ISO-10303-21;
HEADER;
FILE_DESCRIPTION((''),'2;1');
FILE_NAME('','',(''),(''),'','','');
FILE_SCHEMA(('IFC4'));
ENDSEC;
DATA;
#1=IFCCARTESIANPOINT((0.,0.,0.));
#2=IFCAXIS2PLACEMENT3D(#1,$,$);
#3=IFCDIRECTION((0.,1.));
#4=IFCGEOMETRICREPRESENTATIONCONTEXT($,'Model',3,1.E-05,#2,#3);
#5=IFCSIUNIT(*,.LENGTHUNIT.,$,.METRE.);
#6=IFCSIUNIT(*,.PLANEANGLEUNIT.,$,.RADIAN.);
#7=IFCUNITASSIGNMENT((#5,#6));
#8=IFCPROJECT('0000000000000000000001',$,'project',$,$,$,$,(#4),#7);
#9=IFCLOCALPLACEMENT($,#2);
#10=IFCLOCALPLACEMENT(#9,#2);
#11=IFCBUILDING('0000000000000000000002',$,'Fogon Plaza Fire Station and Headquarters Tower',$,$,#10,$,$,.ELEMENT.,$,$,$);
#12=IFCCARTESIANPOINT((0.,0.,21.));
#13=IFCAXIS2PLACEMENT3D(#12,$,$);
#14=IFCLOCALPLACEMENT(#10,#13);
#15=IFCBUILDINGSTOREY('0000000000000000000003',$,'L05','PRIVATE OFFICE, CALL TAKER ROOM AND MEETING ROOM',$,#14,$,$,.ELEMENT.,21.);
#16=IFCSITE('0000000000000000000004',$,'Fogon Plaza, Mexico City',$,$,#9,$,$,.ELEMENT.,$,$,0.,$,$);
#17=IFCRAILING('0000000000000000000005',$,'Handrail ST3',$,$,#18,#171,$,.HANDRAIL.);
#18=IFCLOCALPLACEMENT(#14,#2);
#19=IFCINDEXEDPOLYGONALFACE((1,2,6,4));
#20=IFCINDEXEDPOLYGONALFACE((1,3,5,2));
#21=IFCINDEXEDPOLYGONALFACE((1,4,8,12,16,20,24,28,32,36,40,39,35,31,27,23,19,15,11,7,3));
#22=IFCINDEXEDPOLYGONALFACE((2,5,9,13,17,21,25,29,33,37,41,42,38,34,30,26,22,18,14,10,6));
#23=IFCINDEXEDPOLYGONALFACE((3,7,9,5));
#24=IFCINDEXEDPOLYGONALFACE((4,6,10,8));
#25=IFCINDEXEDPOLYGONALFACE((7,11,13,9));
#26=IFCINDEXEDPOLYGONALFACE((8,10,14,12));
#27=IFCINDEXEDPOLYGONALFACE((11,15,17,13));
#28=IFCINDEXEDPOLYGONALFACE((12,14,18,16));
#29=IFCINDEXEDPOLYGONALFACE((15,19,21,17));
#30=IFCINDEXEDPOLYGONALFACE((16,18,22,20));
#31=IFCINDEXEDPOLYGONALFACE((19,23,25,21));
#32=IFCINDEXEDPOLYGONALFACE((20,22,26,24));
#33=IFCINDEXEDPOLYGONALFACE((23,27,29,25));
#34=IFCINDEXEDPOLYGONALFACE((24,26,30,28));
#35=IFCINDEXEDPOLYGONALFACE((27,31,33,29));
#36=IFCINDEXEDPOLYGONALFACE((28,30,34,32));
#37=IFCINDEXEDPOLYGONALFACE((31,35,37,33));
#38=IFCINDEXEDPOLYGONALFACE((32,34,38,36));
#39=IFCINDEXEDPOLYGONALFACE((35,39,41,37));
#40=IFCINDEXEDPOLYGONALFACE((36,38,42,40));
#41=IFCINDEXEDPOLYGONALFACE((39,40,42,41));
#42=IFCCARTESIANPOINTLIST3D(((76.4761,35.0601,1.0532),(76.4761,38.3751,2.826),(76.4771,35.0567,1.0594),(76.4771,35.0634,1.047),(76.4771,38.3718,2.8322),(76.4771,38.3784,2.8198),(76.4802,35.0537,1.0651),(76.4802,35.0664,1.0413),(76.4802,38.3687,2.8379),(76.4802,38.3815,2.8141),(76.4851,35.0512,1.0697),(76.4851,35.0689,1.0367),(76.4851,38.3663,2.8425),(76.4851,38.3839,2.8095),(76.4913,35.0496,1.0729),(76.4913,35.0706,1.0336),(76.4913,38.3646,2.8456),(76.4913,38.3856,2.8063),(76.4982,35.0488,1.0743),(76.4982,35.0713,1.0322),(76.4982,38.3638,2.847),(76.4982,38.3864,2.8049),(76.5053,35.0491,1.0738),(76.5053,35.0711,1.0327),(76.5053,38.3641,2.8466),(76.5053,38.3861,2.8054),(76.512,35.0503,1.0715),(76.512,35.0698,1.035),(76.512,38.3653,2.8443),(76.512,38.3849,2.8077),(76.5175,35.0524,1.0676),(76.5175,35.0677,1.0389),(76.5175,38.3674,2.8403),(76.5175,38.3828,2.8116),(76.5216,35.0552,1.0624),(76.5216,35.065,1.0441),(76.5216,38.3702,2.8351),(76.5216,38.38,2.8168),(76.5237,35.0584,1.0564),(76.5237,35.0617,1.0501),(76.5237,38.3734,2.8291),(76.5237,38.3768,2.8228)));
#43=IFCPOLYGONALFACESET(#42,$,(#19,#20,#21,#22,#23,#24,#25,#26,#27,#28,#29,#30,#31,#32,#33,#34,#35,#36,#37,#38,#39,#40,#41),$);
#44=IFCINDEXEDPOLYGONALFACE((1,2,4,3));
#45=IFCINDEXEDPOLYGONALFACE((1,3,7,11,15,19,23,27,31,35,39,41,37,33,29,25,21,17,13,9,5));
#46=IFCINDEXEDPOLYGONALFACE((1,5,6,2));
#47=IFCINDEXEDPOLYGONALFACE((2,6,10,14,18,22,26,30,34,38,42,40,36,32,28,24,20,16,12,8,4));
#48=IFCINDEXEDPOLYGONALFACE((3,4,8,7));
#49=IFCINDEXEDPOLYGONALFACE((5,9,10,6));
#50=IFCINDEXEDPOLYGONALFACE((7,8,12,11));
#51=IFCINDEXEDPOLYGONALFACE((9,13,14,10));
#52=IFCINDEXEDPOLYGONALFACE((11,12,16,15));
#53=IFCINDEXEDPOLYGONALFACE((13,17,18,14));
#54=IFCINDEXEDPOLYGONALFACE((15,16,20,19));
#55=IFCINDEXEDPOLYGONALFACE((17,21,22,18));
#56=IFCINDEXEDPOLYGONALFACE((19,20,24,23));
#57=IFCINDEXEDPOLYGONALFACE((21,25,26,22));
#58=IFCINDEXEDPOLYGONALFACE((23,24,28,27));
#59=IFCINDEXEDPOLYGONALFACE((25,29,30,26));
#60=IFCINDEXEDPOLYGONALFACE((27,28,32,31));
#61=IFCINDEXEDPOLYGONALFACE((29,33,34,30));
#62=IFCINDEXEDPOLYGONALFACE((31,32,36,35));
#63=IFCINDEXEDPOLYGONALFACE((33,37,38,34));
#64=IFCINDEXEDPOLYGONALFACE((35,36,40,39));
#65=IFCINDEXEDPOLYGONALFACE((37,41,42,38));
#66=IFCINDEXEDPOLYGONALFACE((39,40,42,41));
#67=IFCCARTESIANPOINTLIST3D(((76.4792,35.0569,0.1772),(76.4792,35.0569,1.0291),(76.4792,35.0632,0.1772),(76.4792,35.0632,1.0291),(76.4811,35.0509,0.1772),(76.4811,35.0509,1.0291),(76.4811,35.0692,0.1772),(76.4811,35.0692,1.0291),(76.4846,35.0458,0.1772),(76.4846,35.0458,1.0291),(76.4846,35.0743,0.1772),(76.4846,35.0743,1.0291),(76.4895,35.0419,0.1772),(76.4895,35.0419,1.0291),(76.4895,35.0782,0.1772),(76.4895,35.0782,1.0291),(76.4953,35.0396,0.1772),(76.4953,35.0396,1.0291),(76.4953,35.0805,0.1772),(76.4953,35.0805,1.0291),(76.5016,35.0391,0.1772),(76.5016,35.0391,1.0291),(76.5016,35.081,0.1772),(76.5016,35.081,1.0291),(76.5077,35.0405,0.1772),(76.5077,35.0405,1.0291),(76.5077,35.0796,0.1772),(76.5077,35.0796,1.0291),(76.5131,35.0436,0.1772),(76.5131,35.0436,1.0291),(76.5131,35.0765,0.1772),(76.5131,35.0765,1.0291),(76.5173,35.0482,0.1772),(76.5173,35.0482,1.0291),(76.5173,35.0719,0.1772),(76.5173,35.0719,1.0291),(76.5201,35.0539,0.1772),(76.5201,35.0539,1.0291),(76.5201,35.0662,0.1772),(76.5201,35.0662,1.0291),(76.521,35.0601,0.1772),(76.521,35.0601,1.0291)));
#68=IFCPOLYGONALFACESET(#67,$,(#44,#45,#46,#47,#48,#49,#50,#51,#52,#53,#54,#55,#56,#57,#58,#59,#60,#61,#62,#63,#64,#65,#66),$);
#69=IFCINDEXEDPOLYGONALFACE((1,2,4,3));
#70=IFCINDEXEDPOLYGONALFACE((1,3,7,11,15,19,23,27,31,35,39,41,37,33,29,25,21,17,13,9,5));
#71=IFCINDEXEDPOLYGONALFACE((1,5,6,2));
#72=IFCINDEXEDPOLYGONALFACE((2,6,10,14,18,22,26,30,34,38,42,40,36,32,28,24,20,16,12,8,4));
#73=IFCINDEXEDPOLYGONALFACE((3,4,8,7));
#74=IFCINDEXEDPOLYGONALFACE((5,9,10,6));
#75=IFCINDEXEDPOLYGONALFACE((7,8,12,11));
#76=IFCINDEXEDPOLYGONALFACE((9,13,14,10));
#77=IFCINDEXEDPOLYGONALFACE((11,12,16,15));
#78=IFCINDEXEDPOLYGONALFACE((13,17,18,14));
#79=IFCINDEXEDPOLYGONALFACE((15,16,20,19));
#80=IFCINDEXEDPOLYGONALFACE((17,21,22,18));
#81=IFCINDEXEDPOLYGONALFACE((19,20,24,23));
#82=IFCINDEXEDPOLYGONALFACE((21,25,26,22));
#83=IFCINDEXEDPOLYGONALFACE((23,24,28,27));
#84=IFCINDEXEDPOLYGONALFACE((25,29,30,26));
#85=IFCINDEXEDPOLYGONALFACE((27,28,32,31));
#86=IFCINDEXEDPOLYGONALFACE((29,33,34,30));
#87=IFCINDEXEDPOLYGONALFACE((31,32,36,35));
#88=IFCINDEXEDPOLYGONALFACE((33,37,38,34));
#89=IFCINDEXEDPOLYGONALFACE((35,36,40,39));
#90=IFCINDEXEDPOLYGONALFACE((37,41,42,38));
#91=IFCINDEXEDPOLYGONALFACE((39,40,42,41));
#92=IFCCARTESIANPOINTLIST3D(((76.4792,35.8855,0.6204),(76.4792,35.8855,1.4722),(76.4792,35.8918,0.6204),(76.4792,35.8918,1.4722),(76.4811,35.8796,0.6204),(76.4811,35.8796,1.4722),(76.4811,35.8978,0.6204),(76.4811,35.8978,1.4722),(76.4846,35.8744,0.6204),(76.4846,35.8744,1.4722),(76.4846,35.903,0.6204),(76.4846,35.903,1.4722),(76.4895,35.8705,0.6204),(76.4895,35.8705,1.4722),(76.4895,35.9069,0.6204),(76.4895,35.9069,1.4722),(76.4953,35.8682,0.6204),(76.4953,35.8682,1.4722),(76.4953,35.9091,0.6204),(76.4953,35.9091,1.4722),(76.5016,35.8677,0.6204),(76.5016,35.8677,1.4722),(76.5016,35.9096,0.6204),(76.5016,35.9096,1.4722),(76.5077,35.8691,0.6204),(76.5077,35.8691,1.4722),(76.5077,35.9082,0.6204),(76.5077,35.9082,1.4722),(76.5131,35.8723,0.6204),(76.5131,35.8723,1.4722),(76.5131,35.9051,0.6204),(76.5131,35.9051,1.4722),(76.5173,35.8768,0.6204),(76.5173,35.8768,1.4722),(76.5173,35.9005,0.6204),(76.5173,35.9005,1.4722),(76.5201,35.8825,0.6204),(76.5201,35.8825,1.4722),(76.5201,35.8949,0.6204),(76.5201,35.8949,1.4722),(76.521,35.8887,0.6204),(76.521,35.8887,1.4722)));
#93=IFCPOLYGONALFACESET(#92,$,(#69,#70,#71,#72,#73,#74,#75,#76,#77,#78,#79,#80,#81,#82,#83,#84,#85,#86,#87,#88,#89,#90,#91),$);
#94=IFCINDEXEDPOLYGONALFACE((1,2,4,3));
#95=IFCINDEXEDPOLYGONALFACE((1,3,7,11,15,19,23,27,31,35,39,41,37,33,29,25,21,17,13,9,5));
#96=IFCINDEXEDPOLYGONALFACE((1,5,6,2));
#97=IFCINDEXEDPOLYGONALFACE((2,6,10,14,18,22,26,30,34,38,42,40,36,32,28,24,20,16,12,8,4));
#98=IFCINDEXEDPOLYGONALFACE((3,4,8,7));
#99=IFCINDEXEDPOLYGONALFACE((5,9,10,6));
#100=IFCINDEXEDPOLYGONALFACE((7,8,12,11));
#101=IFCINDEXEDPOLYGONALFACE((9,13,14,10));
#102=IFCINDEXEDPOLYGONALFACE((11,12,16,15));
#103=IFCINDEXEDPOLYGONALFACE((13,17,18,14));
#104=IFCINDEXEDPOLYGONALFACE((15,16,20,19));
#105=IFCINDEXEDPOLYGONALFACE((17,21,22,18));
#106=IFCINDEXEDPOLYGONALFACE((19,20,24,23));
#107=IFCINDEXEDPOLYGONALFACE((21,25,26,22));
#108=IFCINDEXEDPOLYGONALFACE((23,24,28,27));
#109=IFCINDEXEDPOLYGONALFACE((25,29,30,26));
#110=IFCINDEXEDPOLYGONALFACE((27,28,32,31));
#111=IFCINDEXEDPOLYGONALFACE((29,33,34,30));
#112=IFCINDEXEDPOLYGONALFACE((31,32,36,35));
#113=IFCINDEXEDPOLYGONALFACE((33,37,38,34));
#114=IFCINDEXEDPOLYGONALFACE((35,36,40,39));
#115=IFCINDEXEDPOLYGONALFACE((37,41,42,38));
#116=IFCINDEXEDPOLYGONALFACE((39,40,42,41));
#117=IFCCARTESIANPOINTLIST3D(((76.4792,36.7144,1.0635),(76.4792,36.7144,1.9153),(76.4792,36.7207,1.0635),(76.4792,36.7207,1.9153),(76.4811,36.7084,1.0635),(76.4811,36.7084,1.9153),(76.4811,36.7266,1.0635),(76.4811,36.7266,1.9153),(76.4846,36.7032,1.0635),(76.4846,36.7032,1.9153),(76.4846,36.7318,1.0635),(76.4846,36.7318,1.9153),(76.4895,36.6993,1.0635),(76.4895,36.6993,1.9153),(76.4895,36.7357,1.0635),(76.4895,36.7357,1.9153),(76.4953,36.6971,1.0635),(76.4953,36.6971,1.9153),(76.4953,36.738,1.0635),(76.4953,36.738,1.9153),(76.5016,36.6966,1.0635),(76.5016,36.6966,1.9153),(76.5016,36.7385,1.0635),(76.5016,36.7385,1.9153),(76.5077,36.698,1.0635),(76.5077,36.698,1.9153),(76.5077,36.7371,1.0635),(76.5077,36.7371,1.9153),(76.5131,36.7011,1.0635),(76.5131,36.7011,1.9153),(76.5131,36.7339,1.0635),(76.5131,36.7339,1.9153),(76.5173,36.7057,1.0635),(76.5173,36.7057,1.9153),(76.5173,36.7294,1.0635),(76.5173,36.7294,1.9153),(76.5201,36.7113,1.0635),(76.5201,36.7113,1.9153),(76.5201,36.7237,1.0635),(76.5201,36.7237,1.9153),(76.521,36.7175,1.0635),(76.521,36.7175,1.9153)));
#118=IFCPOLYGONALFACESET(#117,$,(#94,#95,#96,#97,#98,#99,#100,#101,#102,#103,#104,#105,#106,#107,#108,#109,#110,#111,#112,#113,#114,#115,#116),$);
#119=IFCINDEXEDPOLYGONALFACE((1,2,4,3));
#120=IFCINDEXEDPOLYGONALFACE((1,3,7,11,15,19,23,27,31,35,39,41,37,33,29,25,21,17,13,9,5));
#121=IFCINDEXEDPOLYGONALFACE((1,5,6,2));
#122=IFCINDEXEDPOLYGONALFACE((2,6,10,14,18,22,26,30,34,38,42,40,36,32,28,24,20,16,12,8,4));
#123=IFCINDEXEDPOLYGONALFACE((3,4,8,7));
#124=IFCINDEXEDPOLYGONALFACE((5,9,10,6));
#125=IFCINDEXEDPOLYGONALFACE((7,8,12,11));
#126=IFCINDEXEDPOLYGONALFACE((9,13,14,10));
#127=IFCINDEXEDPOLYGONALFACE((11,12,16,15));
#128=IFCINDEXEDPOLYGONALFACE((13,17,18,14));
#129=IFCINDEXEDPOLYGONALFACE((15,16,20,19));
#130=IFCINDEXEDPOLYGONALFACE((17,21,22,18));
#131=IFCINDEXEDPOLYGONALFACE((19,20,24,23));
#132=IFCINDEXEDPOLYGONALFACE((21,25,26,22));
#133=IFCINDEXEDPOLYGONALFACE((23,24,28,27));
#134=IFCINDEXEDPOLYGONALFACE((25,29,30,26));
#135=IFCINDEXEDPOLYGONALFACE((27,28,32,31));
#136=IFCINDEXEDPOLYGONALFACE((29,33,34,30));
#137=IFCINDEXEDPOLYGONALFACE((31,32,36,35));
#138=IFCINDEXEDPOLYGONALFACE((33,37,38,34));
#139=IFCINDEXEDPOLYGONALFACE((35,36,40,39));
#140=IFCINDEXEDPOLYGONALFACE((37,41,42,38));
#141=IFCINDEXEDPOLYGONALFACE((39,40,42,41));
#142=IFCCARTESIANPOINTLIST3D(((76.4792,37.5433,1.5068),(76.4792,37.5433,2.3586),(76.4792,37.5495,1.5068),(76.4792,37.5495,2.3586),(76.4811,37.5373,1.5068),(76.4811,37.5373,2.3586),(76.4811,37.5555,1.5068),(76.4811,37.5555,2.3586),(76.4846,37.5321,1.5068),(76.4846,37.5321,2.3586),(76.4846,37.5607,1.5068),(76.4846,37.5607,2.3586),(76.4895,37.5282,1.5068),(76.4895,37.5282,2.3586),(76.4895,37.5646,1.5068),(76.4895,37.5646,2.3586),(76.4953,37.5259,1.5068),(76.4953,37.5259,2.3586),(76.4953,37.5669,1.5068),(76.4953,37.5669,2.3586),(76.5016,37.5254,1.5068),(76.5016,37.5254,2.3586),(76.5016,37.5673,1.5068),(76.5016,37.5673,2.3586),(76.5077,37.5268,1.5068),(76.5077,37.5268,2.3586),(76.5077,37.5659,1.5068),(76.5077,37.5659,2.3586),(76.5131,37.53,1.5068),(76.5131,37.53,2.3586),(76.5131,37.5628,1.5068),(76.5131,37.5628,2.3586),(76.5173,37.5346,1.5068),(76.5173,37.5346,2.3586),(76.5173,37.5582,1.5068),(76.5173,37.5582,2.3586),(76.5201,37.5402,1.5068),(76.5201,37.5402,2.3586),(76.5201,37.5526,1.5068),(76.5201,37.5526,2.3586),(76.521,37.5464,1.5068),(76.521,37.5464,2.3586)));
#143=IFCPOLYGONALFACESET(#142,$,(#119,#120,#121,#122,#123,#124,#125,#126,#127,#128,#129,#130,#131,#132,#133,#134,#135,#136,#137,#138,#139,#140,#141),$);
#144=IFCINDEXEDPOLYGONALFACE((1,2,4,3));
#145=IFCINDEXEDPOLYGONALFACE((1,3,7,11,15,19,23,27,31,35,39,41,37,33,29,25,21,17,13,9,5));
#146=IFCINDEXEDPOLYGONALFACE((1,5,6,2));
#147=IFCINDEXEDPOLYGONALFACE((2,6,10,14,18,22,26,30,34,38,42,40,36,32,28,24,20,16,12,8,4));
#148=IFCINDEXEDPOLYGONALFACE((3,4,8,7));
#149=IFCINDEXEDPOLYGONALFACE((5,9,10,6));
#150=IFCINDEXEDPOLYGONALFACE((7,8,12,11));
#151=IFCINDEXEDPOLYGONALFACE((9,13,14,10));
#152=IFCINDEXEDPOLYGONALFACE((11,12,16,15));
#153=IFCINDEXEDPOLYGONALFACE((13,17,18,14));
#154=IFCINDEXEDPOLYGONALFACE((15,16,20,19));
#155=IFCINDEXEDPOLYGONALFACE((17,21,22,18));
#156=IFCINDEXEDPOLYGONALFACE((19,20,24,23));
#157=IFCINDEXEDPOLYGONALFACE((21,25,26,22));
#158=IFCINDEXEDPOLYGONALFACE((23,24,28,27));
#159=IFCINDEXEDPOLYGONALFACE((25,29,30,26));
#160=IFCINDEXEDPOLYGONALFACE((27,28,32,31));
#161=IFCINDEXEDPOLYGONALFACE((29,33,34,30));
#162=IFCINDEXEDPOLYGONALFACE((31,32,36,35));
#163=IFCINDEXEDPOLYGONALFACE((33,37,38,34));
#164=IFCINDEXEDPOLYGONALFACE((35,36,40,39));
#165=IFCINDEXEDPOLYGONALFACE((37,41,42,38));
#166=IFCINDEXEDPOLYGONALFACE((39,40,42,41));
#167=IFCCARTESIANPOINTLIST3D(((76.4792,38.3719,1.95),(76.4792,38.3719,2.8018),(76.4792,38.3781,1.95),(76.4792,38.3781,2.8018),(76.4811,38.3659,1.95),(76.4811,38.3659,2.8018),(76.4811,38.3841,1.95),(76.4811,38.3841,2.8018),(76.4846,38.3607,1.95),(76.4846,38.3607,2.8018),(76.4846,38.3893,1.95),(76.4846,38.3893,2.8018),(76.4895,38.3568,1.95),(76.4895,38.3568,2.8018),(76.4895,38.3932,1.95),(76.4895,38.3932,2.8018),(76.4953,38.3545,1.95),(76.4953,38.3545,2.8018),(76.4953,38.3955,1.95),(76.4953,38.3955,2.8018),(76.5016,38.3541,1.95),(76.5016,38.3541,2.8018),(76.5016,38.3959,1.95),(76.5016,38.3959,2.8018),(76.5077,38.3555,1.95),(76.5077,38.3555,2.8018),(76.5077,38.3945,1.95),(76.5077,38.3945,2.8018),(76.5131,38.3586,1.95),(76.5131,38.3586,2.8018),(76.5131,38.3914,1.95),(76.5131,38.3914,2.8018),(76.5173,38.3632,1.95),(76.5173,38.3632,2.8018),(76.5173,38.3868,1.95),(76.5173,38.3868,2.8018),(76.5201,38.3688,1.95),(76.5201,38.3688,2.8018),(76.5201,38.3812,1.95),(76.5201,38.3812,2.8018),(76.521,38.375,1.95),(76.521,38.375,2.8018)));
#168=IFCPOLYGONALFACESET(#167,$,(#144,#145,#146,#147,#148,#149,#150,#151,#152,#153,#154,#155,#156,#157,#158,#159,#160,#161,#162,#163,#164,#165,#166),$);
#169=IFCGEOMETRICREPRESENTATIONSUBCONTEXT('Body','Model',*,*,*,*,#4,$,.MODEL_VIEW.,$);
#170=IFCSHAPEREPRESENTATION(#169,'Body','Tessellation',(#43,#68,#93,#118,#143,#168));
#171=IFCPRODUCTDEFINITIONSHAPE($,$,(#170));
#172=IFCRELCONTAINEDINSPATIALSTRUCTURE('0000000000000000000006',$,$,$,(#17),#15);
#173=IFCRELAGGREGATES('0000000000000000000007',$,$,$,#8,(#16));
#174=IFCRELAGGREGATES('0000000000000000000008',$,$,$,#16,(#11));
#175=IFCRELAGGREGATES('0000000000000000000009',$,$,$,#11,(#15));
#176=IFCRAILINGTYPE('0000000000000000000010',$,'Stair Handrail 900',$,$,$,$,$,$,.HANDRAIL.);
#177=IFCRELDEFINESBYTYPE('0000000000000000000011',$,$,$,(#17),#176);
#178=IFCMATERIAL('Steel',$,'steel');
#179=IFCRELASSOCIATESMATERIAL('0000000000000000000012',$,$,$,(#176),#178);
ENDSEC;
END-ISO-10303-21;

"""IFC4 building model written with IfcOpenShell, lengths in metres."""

from ifc_helpers import new_model, si_unit, direction, frame, origin, origin_2d, place, context, subcontext, project, spatial, circle, extrude, material, type_object, element, save


model = new_model("IFC4")

# Units and contexts
model_context = context("Model", 3, precision=1e-05, world=origin(), true_north=direction((0.0, 1.0)))
body_context = subcontext(model_context, "Body", "Model", "MODEL_VIEW")
ifc_project = project(units=[si_unit("LENGTHUNIT", "METRE"), si_unit("PLANEANGLEUNIT", "RADIAN")], contexts=[model_context])

# Site, building, storey
site_placement = place(None, origin())
site = spatial("IfcSite", under=ifc_project, at=site_placement, Name="Fogon Plaza, Mexico City", CompositionType="ELEMENT", RefElevation=0.0)
building_placement = place(site_placement, origin())
building = spatial("IfcBuilding", under=site, at=building_placement, Name="Fogon Plaza Fire Station and Headquarters Tower", CompositionType="ELEMENT")
storey_placement = place(building_placement, frame((0.0, 0.0, 21.0)))
storey = spatial("IfcBuildingStorey", under=building, at=storey_placement, Name="L05", Description="PRIVATE OFFICE, CALL TAKER ROOM AND MEETING ROOM", CompositionType="ELEMENT", Elevation=21.0)

# Railing
ifc_material_1 = material(Name="Steel", Category="steel")
railing_type = type_object("IfcRailingType", Name="Stair Handrail 900", PredefinedType="HANDRAIL", material=ifc_material_1)
for number, where, name in (
    (1, (76.5, 35.0601, 0.1772), "Handrail ST3"),
):
    element("IfcRailing", number, at=place(storey_placement, frame(where)), inside=storey, type_object=railing_type, Name=name, PredefinedType="HANDRAIL", context=body_context, shape_type="SweptSolid", body=[
        extrude(circle(Radius=0.0239, at=origin_2d()), frame((0.0, 0.0, 0.876), z_axis=(0.0, 0.881829, 0.471569), x_axis=(-1.0, 0.0, 0.0)), (0.0, 0.0, 1.0), 3.7593),
        extrude(circle(Radius=0.021, at=origin_2d()), origin(), (0.0, 0.0, 1.0), 0.8518),
        extrude(circle(Radius=0.021, at=origin_2d()), frame((0.0, 0.8286, 0.4431)), (0.0, 0.0, 1.0), 0.8518),
        extrude(circle(Radius=0.021, at=origin_2d()), frame((0.0, 1.6575, 0.8862)), (0.0, 0.0, 1.0), 0.8518),
        extrude(circle(Radius=0.021, at=origin_2d()), frame((0.0, 2.4863, 1.3296)), (0.0, 0.0, 1.0), 0.8518),
        extrude(circle(Radius=0.021, at=origin_2d()), frame((0.0, 3.3149, 1.7727)), (0.0, 0.0, 1.0), 0.8518),
    ])

save(model, "model.ifc")
